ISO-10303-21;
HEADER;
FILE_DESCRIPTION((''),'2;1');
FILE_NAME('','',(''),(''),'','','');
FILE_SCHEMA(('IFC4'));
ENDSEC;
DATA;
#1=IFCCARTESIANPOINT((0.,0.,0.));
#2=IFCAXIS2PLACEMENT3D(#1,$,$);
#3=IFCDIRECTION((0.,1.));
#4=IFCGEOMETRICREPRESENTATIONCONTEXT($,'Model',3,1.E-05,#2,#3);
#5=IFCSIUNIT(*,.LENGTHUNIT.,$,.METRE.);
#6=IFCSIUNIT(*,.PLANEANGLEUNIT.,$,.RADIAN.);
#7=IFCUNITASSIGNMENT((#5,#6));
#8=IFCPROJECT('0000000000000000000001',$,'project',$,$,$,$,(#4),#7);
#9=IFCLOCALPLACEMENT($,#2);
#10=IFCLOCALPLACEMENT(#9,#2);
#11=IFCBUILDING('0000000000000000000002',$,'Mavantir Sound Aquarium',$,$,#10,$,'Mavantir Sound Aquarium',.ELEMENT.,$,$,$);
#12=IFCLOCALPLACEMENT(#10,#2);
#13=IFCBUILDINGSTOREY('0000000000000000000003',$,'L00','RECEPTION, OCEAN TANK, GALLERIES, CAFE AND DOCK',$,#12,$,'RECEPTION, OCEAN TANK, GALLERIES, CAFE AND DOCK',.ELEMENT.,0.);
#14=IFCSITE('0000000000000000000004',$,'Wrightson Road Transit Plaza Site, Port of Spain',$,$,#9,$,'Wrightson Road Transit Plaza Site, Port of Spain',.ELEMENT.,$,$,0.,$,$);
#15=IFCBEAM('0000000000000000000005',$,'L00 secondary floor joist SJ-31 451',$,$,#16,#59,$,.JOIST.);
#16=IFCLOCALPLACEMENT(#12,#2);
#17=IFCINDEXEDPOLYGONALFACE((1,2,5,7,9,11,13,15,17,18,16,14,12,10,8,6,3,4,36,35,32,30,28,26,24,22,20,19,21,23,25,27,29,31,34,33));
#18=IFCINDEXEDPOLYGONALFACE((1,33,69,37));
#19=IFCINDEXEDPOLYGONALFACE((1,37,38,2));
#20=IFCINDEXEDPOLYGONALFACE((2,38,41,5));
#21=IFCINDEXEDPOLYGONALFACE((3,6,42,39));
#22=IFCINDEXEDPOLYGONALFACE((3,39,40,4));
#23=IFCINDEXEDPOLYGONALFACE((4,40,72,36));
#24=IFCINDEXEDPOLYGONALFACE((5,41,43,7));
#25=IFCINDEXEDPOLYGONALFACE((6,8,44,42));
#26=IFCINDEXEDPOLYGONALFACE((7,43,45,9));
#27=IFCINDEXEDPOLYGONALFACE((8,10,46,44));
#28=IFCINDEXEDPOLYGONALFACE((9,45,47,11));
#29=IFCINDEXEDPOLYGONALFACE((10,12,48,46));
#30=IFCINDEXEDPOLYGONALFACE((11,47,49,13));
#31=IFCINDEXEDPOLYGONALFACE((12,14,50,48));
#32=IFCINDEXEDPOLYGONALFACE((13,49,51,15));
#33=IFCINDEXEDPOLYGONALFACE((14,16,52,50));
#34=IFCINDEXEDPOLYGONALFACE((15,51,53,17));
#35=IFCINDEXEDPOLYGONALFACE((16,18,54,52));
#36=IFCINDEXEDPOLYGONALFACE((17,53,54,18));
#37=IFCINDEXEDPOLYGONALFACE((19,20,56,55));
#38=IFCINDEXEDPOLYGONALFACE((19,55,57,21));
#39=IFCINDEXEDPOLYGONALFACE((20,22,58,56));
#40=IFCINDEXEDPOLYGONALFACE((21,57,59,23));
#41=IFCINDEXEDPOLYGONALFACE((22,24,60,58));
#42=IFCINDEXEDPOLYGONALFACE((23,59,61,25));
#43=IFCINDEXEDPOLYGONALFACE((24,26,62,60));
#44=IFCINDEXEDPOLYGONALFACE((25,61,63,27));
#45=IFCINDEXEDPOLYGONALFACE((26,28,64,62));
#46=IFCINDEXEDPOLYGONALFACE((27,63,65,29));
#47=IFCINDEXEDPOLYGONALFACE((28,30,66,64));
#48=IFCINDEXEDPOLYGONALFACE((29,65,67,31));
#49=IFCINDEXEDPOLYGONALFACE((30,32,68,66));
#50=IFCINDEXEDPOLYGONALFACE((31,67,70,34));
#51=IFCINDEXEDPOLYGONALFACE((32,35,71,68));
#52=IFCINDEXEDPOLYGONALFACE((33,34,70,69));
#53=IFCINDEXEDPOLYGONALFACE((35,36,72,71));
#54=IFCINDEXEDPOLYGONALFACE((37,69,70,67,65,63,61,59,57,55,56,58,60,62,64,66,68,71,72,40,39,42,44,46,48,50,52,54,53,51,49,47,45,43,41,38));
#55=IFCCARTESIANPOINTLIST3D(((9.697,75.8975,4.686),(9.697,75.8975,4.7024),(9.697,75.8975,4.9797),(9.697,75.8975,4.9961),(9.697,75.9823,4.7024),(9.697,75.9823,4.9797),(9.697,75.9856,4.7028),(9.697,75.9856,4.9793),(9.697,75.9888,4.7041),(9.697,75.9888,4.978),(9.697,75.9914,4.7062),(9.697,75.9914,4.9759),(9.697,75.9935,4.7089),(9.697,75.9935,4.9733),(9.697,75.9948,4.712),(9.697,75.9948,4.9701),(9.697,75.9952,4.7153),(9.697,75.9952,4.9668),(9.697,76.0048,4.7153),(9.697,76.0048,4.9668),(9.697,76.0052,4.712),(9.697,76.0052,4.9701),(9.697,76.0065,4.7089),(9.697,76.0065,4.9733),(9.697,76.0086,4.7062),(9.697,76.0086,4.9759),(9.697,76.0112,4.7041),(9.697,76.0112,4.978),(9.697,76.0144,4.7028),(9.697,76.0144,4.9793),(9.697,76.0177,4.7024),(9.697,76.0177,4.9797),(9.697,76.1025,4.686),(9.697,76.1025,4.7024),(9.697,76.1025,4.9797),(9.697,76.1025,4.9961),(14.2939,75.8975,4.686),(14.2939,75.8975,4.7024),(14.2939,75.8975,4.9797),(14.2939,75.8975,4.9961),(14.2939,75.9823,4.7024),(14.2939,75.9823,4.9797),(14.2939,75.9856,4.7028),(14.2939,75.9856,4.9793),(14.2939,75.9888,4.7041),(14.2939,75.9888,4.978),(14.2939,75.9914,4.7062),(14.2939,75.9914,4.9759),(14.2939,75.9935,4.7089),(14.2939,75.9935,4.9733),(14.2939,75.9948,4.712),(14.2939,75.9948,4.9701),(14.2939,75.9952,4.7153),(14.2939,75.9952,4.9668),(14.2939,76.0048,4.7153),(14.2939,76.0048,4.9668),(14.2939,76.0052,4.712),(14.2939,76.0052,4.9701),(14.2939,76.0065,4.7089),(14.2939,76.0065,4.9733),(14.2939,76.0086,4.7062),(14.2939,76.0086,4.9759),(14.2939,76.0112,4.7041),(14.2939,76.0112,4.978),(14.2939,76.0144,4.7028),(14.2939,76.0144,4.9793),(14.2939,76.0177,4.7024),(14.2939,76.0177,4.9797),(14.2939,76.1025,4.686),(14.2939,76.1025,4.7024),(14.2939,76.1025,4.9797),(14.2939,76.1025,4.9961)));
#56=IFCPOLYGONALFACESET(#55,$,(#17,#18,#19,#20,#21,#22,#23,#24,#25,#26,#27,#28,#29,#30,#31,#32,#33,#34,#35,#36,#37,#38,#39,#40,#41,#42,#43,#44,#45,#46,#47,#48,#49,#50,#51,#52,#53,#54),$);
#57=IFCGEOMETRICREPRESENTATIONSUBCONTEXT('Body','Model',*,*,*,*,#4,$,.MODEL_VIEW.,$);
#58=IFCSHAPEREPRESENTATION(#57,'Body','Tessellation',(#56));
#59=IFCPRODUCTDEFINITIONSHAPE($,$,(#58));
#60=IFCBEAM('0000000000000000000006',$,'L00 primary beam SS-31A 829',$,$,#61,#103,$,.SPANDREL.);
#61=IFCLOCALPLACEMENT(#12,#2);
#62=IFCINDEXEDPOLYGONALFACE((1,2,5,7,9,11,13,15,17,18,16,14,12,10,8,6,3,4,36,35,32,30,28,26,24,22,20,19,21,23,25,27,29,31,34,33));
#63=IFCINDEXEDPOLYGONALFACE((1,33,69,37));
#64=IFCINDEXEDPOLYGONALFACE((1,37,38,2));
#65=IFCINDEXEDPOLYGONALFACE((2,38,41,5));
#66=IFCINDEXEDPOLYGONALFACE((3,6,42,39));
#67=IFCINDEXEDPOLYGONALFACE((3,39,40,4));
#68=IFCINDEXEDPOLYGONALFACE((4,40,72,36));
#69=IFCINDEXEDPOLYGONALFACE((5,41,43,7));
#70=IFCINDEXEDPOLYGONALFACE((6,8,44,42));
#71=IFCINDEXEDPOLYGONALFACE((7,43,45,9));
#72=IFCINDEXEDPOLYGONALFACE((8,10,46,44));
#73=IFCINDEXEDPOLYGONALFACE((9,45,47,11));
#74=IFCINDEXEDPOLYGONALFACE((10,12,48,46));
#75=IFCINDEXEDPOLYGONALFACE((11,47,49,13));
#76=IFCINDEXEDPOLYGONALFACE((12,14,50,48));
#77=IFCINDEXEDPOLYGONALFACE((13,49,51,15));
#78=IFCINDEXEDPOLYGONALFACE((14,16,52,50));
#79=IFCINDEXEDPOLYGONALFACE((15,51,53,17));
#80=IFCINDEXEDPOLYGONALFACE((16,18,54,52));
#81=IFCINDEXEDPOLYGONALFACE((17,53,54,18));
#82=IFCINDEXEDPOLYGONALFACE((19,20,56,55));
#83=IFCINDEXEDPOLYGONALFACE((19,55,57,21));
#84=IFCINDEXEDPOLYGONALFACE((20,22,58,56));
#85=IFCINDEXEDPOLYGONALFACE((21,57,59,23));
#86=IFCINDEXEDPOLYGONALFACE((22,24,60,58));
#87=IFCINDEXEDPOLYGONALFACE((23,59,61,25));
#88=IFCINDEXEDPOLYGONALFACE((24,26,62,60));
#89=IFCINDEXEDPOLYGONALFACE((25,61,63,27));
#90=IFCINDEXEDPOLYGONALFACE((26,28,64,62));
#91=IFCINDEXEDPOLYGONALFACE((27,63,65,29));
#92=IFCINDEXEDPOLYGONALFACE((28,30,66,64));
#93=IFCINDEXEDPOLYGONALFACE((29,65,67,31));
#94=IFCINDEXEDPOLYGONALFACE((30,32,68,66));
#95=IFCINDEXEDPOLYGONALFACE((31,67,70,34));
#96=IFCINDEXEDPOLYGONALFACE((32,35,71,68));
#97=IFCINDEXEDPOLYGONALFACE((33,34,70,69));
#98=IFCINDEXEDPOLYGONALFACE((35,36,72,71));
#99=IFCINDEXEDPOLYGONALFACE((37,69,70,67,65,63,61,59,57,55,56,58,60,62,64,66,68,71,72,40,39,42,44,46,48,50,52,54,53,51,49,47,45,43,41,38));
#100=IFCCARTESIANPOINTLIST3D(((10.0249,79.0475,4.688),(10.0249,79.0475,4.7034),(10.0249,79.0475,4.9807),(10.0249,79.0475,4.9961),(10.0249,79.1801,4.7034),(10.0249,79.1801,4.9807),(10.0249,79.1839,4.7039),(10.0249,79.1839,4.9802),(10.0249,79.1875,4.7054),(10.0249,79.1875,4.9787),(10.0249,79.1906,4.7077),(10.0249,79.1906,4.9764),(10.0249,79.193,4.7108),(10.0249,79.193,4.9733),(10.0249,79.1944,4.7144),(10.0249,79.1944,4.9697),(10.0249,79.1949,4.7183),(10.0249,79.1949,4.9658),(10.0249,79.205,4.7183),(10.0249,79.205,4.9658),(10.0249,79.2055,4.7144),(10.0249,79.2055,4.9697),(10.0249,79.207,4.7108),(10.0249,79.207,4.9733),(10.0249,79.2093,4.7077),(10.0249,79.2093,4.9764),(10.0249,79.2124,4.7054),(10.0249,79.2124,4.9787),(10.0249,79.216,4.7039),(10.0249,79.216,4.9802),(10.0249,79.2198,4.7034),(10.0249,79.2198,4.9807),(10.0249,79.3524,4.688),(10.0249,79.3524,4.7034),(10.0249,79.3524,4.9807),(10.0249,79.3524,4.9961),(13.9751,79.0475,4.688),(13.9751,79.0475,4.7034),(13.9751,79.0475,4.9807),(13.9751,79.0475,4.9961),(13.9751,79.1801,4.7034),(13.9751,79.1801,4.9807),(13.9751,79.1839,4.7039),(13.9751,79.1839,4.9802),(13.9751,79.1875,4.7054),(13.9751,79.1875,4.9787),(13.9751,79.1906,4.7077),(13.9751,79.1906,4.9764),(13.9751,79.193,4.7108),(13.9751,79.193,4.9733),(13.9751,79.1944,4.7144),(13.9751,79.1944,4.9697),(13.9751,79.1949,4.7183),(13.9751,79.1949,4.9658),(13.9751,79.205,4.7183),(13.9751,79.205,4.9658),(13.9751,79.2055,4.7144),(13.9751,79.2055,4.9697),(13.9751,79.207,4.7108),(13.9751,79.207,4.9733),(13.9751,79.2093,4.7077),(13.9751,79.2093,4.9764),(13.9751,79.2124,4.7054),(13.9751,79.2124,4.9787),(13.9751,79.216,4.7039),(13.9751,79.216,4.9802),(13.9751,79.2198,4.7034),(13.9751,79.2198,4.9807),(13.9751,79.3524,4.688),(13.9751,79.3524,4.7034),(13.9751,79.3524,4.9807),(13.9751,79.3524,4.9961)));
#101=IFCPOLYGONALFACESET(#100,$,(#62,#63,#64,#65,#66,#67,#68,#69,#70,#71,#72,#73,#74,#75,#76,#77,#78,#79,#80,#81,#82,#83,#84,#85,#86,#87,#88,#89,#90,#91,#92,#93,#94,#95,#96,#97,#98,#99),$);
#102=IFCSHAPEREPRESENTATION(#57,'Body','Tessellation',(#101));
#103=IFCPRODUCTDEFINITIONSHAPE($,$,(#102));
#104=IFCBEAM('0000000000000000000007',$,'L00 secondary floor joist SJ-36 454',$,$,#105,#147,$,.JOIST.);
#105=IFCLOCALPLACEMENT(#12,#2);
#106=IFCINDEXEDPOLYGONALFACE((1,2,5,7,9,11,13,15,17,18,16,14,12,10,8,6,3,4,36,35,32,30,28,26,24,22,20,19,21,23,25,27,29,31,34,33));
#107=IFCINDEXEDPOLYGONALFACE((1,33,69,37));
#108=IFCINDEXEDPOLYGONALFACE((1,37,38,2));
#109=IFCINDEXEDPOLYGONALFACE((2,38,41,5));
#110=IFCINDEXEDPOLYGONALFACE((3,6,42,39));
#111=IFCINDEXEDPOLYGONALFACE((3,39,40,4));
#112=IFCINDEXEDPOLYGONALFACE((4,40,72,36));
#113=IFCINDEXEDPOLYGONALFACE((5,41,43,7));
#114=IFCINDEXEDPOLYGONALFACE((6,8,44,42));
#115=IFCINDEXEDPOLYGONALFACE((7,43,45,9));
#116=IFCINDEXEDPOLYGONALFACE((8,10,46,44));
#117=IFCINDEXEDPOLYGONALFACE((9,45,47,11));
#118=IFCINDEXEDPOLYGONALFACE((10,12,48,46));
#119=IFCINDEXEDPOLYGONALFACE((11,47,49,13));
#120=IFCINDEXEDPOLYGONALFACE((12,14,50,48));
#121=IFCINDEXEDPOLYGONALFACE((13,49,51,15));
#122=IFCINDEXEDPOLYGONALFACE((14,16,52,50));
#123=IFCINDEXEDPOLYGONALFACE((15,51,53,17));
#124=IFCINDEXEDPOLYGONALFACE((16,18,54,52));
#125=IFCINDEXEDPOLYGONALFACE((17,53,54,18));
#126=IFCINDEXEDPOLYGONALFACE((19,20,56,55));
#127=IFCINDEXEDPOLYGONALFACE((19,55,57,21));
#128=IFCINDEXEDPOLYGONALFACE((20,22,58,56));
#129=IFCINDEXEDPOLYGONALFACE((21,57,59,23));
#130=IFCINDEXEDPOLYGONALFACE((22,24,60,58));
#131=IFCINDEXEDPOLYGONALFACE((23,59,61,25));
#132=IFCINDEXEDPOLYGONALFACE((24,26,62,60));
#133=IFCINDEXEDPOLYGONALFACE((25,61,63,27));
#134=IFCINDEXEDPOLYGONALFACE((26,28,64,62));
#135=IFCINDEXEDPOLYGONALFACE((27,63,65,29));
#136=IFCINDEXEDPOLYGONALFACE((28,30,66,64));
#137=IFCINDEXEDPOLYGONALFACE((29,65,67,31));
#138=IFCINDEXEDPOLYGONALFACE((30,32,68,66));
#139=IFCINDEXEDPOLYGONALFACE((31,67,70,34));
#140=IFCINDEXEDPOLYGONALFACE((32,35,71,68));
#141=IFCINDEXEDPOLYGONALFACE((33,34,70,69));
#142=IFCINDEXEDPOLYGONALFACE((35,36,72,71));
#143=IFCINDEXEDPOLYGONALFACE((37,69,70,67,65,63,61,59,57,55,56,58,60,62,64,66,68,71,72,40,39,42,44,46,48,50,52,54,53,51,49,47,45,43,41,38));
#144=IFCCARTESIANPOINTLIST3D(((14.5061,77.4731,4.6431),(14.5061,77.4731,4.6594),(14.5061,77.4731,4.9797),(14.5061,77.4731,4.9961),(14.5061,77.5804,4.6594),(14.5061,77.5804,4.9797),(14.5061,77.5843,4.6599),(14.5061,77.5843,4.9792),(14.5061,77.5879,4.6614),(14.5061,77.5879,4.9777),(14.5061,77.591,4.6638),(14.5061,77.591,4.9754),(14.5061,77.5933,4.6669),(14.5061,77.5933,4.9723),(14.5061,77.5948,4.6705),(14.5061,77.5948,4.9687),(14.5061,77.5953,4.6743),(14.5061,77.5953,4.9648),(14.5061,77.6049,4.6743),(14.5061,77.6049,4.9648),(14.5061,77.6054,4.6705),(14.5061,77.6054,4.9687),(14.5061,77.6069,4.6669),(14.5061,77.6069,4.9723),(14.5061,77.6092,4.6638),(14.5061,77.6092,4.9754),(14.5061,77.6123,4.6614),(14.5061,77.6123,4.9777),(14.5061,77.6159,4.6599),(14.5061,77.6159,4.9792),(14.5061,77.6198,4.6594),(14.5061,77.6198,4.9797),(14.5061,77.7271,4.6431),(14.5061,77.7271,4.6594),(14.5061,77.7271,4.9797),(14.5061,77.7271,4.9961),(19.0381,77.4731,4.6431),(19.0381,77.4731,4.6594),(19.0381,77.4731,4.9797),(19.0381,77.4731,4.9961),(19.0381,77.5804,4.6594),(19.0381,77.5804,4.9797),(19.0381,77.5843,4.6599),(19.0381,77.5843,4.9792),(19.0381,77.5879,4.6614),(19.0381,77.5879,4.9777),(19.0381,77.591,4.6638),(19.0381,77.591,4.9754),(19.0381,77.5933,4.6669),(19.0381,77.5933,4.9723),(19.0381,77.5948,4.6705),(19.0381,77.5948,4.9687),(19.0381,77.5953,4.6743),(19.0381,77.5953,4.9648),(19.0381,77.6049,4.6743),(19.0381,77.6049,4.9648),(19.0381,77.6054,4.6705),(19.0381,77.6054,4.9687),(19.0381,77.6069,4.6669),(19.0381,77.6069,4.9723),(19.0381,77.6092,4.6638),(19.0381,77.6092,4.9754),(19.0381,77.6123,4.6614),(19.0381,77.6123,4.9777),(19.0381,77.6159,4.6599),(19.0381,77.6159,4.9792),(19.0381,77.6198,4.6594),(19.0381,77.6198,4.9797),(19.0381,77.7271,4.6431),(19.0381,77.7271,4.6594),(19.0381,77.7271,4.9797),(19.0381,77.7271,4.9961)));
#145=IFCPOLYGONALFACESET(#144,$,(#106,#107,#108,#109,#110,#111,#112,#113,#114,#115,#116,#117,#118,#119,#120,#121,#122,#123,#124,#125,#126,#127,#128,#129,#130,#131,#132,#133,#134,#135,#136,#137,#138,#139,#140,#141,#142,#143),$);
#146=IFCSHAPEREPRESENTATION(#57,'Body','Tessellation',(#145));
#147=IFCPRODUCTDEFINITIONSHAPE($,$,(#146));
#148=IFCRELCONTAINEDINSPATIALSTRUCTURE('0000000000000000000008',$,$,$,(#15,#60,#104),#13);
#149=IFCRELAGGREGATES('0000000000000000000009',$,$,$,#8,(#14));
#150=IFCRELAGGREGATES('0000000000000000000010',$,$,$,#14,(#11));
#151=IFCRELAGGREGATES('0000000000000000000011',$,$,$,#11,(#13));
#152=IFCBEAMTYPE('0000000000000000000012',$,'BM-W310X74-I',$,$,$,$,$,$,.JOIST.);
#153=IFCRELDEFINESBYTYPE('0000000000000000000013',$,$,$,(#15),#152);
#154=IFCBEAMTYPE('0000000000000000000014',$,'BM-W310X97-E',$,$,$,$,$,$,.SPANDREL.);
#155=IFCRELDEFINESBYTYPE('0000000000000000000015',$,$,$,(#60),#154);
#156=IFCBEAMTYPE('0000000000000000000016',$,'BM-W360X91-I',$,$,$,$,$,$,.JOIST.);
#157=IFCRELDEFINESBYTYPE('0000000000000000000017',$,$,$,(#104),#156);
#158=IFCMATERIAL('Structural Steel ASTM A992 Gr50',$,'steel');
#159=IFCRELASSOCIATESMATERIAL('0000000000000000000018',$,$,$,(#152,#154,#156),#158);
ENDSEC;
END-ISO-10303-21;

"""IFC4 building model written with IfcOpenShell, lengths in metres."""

from ifc_helpers import new_model, si_unit, direction, frame, origin, origin_2d, place, context, subcontext, project, spatial, i_section, extrude, material, material_profile, profile_set, type_object, element, save


model = new_model("IFC4")

# Units and contexts
model_context = context("Model", 3, precision=1e-05, world=origin(), true_north=direction((0.0, 1.0)))
body_context = subcontext(model_context, "Body", "Model", "MODEL_VIEW")
ifc_project = project(units=[si_unit("LENGTHUNIT", "METRE"), si_unit("PLANEANGLEUNIT", "RADIAN")], contexts=[model_context])

# Site, building, storey
site_placement = place(None, origin())
site = spatial("IfcSite", under=ifc_project, at=site_placement, Name="Wrightson Road Transit Plaza Site, Port of Spain", LongName="Wrightson Road Transit Plaza Site, Port of Spain", CompositionType="ELEMENT", RefElevation=0.0)
building_placement = place(site_placement, origin())
building = spatial("IfcBuilding", under=site, at=building_placement, Name="Mavantir Sound Aquarium", LongName="Mavantir Sound Aquarium", CompositionType="ELEMENT")
storey_placement = place(building_placement, origin())
storey = spatial("IfcBuildingStorey", under=building, at=storey_placement, Name="L00", Description="RECEPTION, OCEAN TANK, GALLERIES, CAFE AND DOCK", LongName="RECEPTION, OCEAN TANK, GALLERIES, CAFE AND DOCK", CompositionType="ELEMENT", Elevation=0.0)

# Beams
ifc_material_1 = material(Name="Structural Steel ASTM A992 Gr50", Category="steel")
ifc_material_profile_1 = material_profile(ifc_material_1, i_section(OverallWidth=0.2051, OverallDepth=0.3101, WebThickness=0.0095, FlangeThickness=0.0164, FilletRadius=0.0129, at=origin_2d()), Name="W310X74")
ifc_profile_set_1 = profile_set([ifc_material_profile_1], Name="Structural Steel ASTM A992 Gr50")
beam_type_1 = type_object("IfcBeamType", Name="BM-W310X74-I", PredefinedType="JOIST", material=ifc_profile_set_1)
beam_1_placement = place(storey_placement, frame((9.697, 76.0, 4.8411), z_axis=(1.0, 0.0, 0.0), x_axis=(0.0, 1.0, 0.0)))
element("IfcBeam", 1, at=beam_1_placement, inside=storey, type_object=beam_type_1, Name="L00 secondary floor joist SJ-31 451", PredefinedType="JOIST", context=body_context, shape_type="SweptSolid", body=[
    extrude(i_section(OverallWidth=0.2051, OverallDepth=0.3101, WebThickness=0.0095, FlangeThickness=0.0164, FilletRadius=0.0129, at=origin_2d()), origin(), (0.0, 0.0, 1.0), 4.5969),
])
ifc_material_profile_2 = material_profile(ifc_material_1, i_section(OverallWidth=0.3049, OverallDepth=0.3081, WebThickness=0.01, FlangeThickness=0.0154, FilletRadius=0.0149, at=origin_2d()), Name="W310X97")
ifc_profile_set_2 = profile_set([ifc_material_profile_2], Name="Structural Steel ASTM A992 Gr50")
beam_type_2 = type_object("IfcBeamType", Name="BM-W310X97-E", PredefinedType="SPANDREL", material=ifc_profile_set_2)
beam_2_placement = place(storey_placement, frame((10.0249, 79.2, 4.842), z_axis=(1.0, 0.0, 0.0), x_axis=(0.0, 1.0, 0.0)))
element("IfcBeam", 2, at=beam_2_placement, inside=storey, type_object=beam_type_2, Name="L00 primary beam SS-31A 829", PredefinedType="SPANDREL", context=body_context, shape_type="SweptSolid", body=[
    extrude(i_section(OverallWidth=0.3049, OverallDepth=0.3081, WebThickness=0.01, FlangeThickness=0.0154, FilletRadius=0.0149, at=origin_2d()), origin(), (0.0, 0.0, 1.0), 3.9502),
])
ifc_material_profile_3 = material_profile(ifc_material_1, i_section(OverallWidth=0.2539, OverallDepth=0.353, WebThickness=0.0095, FlangeThickness=0.0164, FilletRadius=0.0149, at=origin_2d()), Name="W360X91")
ifc_profile_set_3 = profile_set([ifc_material_profile_3], Name="Structural Steel ASTM A992 Gr50")
beam_type_3 = type_object("IfcBeamType", Name="BM-W360X91-I", PredefinedType="JOIST", material=ifc_profile_set_3)
beam_3_placement = place(storey_placement, frame((14.5061, 77.6001, 4.8196), z_axis=(1.0, 0.0, 0.0), x_axis=(0.0, 1.0, 0.0)))
element("IfcBeam", 3, at=beam_3_placement, inside=storey, type_object=beam_type_3, Name="L00 secondary floor joist SJ-36 454", PredefinedType="JOIST", context=body_context, shape_type="SweptSolid", body=[
    extrude(i_section(OverallWidth=0.2539, OverallDepth=0.353, WebThickness=0.0095, FlangeThickness=0.0164, FilletRadius=0.0149, at=origin_2d()), origin(), (0.0, 0.0, 1.0), 4.532),
])

save(model, "model.ifc")
